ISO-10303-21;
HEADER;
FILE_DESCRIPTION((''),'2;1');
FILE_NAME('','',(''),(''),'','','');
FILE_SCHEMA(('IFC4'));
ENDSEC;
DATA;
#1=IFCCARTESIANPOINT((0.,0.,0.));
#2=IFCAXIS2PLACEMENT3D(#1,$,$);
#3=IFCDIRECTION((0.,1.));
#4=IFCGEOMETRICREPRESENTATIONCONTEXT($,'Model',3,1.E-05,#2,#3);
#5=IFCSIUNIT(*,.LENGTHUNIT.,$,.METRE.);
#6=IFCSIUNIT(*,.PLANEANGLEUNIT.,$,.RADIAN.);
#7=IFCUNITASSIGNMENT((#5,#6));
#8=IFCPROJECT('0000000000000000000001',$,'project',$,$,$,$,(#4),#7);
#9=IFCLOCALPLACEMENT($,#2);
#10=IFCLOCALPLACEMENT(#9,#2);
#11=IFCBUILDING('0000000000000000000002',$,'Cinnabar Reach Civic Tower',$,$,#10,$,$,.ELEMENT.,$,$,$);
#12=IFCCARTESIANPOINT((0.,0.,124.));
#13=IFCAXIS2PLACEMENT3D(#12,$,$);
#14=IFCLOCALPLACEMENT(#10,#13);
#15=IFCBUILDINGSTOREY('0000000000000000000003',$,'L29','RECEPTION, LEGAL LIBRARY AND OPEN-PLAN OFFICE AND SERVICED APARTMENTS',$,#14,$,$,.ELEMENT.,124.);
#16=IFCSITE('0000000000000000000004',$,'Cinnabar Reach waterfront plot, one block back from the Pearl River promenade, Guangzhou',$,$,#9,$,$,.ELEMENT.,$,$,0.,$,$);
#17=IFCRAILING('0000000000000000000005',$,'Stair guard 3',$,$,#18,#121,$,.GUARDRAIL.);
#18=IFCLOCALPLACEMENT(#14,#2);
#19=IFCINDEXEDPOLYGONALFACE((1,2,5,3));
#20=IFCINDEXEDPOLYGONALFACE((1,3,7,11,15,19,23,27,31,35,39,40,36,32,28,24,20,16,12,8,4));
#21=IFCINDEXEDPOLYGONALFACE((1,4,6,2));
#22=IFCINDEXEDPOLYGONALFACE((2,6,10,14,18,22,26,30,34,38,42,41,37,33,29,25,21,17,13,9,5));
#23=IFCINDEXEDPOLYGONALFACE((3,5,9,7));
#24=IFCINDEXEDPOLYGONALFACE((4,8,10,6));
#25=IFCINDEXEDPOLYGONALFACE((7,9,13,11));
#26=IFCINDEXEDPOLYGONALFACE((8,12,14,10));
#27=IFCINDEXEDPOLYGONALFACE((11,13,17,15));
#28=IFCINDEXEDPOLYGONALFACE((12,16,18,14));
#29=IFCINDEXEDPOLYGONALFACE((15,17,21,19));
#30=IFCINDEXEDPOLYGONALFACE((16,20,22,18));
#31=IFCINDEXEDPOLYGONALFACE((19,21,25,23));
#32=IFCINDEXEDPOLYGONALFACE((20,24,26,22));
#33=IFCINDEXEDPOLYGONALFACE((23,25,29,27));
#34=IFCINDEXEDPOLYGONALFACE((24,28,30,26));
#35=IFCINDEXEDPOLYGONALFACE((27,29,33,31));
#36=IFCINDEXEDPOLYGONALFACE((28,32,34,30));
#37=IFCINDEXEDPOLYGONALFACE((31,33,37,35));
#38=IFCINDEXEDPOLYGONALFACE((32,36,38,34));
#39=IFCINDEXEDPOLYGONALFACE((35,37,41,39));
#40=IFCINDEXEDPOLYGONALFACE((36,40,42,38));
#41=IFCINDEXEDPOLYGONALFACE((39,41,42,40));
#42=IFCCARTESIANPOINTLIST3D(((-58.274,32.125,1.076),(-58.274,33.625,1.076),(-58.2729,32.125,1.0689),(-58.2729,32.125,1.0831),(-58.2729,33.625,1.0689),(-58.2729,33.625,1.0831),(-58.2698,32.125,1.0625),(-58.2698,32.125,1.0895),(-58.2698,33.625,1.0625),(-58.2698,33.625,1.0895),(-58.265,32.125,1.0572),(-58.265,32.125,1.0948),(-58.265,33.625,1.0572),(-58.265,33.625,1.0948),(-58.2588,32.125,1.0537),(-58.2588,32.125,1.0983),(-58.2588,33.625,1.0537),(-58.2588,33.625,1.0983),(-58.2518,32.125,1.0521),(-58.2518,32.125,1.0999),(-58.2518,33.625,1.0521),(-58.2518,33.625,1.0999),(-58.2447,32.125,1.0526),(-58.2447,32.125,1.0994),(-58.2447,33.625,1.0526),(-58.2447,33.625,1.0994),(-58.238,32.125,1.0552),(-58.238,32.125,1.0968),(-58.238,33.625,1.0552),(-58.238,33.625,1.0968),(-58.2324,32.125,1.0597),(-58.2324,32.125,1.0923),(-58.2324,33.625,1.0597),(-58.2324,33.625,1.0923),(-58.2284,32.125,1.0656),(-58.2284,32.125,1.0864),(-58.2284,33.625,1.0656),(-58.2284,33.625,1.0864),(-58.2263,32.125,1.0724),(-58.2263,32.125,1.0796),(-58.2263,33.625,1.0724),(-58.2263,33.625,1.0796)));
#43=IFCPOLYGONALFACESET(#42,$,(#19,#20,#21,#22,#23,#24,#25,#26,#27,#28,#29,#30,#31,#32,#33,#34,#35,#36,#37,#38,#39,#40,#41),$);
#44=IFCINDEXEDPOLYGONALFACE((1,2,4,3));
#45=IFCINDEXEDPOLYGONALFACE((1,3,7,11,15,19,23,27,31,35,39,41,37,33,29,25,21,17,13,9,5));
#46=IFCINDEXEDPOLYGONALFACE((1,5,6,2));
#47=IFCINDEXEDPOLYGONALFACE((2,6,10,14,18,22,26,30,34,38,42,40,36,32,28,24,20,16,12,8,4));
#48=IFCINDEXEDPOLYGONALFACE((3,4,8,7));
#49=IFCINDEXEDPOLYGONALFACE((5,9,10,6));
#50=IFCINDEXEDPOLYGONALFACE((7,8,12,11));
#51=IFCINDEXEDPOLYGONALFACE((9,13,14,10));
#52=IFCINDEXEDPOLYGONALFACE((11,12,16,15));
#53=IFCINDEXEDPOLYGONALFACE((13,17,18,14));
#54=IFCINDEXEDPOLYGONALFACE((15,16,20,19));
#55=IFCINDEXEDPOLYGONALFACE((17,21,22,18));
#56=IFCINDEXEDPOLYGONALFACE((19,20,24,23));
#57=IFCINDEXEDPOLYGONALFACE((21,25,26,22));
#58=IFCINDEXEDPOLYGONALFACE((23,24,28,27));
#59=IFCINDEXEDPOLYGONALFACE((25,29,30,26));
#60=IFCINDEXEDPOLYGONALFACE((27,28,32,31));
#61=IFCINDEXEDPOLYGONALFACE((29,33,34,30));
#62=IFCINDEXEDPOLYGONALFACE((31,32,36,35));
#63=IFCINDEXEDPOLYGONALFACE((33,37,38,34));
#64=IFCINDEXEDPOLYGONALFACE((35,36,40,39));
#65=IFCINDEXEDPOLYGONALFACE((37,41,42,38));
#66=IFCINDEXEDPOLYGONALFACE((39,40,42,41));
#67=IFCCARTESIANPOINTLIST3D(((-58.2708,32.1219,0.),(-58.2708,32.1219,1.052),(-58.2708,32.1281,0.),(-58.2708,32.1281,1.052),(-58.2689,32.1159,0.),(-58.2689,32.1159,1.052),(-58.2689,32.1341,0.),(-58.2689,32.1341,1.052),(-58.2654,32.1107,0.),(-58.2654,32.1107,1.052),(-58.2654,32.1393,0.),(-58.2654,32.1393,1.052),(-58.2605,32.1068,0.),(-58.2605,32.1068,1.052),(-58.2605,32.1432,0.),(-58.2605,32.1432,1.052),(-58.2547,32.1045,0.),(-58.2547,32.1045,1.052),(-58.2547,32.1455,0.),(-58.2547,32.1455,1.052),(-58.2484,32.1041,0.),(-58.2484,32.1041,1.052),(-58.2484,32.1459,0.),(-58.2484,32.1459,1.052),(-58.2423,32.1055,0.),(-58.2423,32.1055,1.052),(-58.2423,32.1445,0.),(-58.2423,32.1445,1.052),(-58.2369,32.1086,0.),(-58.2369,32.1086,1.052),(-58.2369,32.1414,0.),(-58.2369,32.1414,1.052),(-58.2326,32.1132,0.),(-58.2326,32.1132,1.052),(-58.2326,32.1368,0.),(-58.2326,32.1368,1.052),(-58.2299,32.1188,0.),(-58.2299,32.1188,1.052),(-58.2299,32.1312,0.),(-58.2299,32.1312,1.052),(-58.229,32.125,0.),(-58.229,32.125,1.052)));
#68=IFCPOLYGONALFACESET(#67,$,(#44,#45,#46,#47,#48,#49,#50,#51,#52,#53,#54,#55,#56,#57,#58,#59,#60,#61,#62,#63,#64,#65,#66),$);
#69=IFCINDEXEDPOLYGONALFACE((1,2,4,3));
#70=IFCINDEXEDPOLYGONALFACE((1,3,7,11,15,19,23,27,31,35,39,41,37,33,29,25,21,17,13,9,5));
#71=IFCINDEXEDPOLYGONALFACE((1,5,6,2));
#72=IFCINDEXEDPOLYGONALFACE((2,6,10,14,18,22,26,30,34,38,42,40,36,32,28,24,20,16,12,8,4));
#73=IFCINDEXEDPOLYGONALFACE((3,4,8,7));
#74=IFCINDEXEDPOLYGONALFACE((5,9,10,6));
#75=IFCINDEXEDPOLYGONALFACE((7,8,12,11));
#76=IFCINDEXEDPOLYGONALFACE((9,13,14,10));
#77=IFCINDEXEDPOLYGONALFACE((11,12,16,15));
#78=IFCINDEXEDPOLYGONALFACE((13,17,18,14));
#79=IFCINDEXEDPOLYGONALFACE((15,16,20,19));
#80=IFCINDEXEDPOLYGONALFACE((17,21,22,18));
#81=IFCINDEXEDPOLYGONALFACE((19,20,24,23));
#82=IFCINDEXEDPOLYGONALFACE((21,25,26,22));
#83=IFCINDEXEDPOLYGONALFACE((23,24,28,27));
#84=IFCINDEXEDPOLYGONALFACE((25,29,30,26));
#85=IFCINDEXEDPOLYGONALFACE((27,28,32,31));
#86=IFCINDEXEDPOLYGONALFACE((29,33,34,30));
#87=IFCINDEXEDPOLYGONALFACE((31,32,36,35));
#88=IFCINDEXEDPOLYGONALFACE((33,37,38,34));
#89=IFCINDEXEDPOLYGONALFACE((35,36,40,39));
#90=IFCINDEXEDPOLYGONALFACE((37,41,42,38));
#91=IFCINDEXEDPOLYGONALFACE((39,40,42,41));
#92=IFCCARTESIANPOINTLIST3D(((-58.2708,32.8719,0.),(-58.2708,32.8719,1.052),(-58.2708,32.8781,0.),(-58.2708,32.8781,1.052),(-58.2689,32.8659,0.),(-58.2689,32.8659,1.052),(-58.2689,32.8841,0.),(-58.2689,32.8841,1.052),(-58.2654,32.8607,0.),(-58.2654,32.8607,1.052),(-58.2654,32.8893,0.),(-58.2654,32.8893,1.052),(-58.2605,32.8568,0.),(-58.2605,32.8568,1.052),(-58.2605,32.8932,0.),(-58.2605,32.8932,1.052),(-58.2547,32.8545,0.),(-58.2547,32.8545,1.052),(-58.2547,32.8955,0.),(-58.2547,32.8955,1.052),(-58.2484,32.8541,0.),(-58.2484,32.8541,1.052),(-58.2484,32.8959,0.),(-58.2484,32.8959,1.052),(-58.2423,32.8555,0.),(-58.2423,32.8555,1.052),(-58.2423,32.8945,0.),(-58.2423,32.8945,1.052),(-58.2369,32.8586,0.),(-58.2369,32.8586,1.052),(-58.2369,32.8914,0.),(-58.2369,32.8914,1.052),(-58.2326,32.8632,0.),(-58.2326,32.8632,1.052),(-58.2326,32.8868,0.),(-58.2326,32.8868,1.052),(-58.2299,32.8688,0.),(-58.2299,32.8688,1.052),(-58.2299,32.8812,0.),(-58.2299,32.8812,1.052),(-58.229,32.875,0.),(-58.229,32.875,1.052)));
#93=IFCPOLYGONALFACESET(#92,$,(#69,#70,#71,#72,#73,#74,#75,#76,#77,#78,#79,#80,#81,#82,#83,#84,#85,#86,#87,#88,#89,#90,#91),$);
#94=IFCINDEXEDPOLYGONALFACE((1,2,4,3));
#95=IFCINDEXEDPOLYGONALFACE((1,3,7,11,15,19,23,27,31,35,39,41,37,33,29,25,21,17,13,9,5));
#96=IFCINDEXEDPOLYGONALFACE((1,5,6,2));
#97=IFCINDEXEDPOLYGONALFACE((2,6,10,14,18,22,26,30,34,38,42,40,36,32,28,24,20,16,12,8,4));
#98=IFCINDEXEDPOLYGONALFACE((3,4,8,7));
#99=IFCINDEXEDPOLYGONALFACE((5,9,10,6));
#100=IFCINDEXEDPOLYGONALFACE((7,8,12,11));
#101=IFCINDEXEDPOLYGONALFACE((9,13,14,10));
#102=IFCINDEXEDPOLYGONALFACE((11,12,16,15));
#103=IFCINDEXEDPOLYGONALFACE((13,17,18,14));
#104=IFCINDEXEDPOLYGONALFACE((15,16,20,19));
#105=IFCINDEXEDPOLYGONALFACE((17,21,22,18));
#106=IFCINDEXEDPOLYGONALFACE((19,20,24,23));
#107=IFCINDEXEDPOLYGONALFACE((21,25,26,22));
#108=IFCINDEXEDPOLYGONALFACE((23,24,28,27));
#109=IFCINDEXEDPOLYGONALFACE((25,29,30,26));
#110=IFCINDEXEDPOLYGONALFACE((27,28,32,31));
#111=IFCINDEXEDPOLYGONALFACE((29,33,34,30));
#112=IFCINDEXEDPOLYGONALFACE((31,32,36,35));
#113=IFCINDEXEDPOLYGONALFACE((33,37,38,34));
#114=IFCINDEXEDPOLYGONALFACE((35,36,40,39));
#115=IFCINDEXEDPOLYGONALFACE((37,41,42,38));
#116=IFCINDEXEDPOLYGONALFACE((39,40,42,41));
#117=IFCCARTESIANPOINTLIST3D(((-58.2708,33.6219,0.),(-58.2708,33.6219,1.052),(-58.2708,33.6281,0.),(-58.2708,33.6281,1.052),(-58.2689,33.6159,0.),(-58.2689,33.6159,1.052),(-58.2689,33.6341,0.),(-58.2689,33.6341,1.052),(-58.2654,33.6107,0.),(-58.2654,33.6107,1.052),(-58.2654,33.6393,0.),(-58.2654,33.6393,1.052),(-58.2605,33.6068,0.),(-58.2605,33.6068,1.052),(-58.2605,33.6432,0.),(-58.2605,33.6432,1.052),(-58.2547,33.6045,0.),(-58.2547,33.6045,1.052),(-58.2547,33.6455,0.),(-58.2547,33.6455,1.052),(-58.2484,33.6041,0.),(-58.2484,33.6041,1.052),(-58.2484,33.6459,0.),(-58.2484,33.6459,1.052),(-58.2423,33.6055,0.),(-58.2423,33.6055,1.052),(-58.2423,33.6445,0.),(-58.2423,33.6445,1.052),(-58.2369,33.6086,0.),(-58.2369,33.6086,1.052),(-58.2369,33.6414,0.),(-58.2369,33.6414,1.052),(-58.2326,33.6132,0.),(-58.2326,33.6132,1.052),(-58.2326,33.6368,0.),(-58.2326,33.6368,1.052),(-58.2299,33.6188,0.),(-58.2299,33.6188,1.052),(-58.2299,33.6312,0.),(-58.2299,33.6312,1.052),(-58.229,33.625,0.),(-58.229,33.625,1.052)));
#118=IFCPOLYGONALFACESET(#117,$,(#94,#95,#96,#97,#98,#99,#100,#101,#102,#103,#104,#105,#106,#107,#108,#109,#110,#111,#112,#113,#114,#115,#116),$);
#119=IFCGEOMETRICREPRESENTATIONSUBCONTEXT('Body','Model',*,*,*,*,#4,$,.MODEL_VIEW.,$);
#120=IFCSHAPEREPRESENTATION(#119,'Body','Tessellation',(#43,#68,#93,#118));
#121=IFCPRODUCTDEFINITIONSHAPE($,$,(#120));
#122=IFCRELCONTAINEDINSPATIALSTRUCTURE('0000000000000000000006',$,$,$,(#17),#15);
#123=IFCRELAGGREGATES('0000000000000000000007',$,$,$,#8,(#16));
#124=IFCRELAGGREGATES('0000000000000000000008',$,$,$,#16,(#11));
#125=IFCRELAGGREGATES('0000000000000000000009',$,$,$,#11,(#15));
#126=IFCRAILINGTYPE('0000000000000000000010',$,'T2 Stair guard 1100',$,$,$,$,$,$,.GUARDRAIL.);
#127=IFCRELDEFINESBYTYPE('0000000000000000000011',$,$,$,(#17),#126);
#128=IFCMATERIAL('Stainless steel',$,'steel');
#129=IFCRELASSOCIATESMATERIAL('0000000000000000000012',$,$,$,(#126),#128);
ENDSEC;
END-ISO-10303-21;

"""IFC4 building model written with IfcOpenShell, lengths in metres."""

from ifc_helpers import new_model, si_unit, direction, frame, origin, origin_2d, place, context, subcontext, project, spatial, circle, extrude, material, type_object, element, save


model = new_model("IFC4")

# Units and contexts
model_context = context("Model", 3, precision=1e-05, world=origin(), true_north=direction((0.0, 1.0)))
body_context = subcontext(model_context, "Body", "Model", "MODEL_VIEW")
ifc_project = project(units=[si_unit("LENGTHUNIT", "METRE"), si_unit("PLANEANGLEUNIT", "RADIAN")], contexts=[model_context])

# Site, building, storey
site_placement = place(None, origin())
site = spatial("IfcSite", under=ifc_project, at=site_placement, Name="Cinnabar Reach waterfront plot, one block back from the Pearl River promenade, Guangzhou", CompositionType="ELEMENT", RefElevation=0.0)
building_placement = place(site_placement, origin())
building = spatial("IfcBuilding", under=site, at=building_placement, Name="Cinnabar Reach Civic Tower", CompositionType="ELEMENT")
storey_placement = place(building_placement, frame((0.0, 0.0, 124.0)))
storey = spatial("IfcBuildingStorey", under=building, at=storey_placement, Name="L29", Description="RECEPTION, LEGAL LIBRARY AND OPEN-PLAN OFFICE AND SERVICED APARTMENTS", CompositionType="ELEMENT", Elevation=124.0)

# Railing
ifc_material_1 = material(Name="Stainless steel", Category="steel")
railing_type = type_object("IfcRailingType", Name="T2 Stair guard 1100", PredefinedType="GUARDRAIL", material=ifc_material_1)
railing_1_placement = place(storey_placement, frame((-58.25, 32.125, 0.0)))
element("IfcRailing", 1, at=railing_1_placement, inside=storey, type_object=railing_type, Name="Stair guard 3", PredefinedType="GUARDRAIL", context=body_context, shape_type="SweptSolid", body=[
    extrude(circle(Radius=0.024, at=origin_2d()), frame((0.0, 0.0, 1.076), z_axis=(0.0, 1.0, 0.0), x_axis=(-1.0, 0.0, 0.0)), (0.0, 0.0, 1.0), 1.5),
    extrude(circle(Radius=0.021, at=origin_2d()), origin(), (0.0, 0.0, 1.0), 1.052),
    extrude(circle(Radius=0.021, at=origin_2d()), frame((0.0, 0.75, 0.0)), (0.0, 0.0, 1.0), 1.052),
    extrude(circle(Radius=0.021, at=origin_2d()), frame((0.0, 1.5, 0.0)), (0.0, 0.0, 1.0), 1.052),
])

save(model, "model.ifc")
